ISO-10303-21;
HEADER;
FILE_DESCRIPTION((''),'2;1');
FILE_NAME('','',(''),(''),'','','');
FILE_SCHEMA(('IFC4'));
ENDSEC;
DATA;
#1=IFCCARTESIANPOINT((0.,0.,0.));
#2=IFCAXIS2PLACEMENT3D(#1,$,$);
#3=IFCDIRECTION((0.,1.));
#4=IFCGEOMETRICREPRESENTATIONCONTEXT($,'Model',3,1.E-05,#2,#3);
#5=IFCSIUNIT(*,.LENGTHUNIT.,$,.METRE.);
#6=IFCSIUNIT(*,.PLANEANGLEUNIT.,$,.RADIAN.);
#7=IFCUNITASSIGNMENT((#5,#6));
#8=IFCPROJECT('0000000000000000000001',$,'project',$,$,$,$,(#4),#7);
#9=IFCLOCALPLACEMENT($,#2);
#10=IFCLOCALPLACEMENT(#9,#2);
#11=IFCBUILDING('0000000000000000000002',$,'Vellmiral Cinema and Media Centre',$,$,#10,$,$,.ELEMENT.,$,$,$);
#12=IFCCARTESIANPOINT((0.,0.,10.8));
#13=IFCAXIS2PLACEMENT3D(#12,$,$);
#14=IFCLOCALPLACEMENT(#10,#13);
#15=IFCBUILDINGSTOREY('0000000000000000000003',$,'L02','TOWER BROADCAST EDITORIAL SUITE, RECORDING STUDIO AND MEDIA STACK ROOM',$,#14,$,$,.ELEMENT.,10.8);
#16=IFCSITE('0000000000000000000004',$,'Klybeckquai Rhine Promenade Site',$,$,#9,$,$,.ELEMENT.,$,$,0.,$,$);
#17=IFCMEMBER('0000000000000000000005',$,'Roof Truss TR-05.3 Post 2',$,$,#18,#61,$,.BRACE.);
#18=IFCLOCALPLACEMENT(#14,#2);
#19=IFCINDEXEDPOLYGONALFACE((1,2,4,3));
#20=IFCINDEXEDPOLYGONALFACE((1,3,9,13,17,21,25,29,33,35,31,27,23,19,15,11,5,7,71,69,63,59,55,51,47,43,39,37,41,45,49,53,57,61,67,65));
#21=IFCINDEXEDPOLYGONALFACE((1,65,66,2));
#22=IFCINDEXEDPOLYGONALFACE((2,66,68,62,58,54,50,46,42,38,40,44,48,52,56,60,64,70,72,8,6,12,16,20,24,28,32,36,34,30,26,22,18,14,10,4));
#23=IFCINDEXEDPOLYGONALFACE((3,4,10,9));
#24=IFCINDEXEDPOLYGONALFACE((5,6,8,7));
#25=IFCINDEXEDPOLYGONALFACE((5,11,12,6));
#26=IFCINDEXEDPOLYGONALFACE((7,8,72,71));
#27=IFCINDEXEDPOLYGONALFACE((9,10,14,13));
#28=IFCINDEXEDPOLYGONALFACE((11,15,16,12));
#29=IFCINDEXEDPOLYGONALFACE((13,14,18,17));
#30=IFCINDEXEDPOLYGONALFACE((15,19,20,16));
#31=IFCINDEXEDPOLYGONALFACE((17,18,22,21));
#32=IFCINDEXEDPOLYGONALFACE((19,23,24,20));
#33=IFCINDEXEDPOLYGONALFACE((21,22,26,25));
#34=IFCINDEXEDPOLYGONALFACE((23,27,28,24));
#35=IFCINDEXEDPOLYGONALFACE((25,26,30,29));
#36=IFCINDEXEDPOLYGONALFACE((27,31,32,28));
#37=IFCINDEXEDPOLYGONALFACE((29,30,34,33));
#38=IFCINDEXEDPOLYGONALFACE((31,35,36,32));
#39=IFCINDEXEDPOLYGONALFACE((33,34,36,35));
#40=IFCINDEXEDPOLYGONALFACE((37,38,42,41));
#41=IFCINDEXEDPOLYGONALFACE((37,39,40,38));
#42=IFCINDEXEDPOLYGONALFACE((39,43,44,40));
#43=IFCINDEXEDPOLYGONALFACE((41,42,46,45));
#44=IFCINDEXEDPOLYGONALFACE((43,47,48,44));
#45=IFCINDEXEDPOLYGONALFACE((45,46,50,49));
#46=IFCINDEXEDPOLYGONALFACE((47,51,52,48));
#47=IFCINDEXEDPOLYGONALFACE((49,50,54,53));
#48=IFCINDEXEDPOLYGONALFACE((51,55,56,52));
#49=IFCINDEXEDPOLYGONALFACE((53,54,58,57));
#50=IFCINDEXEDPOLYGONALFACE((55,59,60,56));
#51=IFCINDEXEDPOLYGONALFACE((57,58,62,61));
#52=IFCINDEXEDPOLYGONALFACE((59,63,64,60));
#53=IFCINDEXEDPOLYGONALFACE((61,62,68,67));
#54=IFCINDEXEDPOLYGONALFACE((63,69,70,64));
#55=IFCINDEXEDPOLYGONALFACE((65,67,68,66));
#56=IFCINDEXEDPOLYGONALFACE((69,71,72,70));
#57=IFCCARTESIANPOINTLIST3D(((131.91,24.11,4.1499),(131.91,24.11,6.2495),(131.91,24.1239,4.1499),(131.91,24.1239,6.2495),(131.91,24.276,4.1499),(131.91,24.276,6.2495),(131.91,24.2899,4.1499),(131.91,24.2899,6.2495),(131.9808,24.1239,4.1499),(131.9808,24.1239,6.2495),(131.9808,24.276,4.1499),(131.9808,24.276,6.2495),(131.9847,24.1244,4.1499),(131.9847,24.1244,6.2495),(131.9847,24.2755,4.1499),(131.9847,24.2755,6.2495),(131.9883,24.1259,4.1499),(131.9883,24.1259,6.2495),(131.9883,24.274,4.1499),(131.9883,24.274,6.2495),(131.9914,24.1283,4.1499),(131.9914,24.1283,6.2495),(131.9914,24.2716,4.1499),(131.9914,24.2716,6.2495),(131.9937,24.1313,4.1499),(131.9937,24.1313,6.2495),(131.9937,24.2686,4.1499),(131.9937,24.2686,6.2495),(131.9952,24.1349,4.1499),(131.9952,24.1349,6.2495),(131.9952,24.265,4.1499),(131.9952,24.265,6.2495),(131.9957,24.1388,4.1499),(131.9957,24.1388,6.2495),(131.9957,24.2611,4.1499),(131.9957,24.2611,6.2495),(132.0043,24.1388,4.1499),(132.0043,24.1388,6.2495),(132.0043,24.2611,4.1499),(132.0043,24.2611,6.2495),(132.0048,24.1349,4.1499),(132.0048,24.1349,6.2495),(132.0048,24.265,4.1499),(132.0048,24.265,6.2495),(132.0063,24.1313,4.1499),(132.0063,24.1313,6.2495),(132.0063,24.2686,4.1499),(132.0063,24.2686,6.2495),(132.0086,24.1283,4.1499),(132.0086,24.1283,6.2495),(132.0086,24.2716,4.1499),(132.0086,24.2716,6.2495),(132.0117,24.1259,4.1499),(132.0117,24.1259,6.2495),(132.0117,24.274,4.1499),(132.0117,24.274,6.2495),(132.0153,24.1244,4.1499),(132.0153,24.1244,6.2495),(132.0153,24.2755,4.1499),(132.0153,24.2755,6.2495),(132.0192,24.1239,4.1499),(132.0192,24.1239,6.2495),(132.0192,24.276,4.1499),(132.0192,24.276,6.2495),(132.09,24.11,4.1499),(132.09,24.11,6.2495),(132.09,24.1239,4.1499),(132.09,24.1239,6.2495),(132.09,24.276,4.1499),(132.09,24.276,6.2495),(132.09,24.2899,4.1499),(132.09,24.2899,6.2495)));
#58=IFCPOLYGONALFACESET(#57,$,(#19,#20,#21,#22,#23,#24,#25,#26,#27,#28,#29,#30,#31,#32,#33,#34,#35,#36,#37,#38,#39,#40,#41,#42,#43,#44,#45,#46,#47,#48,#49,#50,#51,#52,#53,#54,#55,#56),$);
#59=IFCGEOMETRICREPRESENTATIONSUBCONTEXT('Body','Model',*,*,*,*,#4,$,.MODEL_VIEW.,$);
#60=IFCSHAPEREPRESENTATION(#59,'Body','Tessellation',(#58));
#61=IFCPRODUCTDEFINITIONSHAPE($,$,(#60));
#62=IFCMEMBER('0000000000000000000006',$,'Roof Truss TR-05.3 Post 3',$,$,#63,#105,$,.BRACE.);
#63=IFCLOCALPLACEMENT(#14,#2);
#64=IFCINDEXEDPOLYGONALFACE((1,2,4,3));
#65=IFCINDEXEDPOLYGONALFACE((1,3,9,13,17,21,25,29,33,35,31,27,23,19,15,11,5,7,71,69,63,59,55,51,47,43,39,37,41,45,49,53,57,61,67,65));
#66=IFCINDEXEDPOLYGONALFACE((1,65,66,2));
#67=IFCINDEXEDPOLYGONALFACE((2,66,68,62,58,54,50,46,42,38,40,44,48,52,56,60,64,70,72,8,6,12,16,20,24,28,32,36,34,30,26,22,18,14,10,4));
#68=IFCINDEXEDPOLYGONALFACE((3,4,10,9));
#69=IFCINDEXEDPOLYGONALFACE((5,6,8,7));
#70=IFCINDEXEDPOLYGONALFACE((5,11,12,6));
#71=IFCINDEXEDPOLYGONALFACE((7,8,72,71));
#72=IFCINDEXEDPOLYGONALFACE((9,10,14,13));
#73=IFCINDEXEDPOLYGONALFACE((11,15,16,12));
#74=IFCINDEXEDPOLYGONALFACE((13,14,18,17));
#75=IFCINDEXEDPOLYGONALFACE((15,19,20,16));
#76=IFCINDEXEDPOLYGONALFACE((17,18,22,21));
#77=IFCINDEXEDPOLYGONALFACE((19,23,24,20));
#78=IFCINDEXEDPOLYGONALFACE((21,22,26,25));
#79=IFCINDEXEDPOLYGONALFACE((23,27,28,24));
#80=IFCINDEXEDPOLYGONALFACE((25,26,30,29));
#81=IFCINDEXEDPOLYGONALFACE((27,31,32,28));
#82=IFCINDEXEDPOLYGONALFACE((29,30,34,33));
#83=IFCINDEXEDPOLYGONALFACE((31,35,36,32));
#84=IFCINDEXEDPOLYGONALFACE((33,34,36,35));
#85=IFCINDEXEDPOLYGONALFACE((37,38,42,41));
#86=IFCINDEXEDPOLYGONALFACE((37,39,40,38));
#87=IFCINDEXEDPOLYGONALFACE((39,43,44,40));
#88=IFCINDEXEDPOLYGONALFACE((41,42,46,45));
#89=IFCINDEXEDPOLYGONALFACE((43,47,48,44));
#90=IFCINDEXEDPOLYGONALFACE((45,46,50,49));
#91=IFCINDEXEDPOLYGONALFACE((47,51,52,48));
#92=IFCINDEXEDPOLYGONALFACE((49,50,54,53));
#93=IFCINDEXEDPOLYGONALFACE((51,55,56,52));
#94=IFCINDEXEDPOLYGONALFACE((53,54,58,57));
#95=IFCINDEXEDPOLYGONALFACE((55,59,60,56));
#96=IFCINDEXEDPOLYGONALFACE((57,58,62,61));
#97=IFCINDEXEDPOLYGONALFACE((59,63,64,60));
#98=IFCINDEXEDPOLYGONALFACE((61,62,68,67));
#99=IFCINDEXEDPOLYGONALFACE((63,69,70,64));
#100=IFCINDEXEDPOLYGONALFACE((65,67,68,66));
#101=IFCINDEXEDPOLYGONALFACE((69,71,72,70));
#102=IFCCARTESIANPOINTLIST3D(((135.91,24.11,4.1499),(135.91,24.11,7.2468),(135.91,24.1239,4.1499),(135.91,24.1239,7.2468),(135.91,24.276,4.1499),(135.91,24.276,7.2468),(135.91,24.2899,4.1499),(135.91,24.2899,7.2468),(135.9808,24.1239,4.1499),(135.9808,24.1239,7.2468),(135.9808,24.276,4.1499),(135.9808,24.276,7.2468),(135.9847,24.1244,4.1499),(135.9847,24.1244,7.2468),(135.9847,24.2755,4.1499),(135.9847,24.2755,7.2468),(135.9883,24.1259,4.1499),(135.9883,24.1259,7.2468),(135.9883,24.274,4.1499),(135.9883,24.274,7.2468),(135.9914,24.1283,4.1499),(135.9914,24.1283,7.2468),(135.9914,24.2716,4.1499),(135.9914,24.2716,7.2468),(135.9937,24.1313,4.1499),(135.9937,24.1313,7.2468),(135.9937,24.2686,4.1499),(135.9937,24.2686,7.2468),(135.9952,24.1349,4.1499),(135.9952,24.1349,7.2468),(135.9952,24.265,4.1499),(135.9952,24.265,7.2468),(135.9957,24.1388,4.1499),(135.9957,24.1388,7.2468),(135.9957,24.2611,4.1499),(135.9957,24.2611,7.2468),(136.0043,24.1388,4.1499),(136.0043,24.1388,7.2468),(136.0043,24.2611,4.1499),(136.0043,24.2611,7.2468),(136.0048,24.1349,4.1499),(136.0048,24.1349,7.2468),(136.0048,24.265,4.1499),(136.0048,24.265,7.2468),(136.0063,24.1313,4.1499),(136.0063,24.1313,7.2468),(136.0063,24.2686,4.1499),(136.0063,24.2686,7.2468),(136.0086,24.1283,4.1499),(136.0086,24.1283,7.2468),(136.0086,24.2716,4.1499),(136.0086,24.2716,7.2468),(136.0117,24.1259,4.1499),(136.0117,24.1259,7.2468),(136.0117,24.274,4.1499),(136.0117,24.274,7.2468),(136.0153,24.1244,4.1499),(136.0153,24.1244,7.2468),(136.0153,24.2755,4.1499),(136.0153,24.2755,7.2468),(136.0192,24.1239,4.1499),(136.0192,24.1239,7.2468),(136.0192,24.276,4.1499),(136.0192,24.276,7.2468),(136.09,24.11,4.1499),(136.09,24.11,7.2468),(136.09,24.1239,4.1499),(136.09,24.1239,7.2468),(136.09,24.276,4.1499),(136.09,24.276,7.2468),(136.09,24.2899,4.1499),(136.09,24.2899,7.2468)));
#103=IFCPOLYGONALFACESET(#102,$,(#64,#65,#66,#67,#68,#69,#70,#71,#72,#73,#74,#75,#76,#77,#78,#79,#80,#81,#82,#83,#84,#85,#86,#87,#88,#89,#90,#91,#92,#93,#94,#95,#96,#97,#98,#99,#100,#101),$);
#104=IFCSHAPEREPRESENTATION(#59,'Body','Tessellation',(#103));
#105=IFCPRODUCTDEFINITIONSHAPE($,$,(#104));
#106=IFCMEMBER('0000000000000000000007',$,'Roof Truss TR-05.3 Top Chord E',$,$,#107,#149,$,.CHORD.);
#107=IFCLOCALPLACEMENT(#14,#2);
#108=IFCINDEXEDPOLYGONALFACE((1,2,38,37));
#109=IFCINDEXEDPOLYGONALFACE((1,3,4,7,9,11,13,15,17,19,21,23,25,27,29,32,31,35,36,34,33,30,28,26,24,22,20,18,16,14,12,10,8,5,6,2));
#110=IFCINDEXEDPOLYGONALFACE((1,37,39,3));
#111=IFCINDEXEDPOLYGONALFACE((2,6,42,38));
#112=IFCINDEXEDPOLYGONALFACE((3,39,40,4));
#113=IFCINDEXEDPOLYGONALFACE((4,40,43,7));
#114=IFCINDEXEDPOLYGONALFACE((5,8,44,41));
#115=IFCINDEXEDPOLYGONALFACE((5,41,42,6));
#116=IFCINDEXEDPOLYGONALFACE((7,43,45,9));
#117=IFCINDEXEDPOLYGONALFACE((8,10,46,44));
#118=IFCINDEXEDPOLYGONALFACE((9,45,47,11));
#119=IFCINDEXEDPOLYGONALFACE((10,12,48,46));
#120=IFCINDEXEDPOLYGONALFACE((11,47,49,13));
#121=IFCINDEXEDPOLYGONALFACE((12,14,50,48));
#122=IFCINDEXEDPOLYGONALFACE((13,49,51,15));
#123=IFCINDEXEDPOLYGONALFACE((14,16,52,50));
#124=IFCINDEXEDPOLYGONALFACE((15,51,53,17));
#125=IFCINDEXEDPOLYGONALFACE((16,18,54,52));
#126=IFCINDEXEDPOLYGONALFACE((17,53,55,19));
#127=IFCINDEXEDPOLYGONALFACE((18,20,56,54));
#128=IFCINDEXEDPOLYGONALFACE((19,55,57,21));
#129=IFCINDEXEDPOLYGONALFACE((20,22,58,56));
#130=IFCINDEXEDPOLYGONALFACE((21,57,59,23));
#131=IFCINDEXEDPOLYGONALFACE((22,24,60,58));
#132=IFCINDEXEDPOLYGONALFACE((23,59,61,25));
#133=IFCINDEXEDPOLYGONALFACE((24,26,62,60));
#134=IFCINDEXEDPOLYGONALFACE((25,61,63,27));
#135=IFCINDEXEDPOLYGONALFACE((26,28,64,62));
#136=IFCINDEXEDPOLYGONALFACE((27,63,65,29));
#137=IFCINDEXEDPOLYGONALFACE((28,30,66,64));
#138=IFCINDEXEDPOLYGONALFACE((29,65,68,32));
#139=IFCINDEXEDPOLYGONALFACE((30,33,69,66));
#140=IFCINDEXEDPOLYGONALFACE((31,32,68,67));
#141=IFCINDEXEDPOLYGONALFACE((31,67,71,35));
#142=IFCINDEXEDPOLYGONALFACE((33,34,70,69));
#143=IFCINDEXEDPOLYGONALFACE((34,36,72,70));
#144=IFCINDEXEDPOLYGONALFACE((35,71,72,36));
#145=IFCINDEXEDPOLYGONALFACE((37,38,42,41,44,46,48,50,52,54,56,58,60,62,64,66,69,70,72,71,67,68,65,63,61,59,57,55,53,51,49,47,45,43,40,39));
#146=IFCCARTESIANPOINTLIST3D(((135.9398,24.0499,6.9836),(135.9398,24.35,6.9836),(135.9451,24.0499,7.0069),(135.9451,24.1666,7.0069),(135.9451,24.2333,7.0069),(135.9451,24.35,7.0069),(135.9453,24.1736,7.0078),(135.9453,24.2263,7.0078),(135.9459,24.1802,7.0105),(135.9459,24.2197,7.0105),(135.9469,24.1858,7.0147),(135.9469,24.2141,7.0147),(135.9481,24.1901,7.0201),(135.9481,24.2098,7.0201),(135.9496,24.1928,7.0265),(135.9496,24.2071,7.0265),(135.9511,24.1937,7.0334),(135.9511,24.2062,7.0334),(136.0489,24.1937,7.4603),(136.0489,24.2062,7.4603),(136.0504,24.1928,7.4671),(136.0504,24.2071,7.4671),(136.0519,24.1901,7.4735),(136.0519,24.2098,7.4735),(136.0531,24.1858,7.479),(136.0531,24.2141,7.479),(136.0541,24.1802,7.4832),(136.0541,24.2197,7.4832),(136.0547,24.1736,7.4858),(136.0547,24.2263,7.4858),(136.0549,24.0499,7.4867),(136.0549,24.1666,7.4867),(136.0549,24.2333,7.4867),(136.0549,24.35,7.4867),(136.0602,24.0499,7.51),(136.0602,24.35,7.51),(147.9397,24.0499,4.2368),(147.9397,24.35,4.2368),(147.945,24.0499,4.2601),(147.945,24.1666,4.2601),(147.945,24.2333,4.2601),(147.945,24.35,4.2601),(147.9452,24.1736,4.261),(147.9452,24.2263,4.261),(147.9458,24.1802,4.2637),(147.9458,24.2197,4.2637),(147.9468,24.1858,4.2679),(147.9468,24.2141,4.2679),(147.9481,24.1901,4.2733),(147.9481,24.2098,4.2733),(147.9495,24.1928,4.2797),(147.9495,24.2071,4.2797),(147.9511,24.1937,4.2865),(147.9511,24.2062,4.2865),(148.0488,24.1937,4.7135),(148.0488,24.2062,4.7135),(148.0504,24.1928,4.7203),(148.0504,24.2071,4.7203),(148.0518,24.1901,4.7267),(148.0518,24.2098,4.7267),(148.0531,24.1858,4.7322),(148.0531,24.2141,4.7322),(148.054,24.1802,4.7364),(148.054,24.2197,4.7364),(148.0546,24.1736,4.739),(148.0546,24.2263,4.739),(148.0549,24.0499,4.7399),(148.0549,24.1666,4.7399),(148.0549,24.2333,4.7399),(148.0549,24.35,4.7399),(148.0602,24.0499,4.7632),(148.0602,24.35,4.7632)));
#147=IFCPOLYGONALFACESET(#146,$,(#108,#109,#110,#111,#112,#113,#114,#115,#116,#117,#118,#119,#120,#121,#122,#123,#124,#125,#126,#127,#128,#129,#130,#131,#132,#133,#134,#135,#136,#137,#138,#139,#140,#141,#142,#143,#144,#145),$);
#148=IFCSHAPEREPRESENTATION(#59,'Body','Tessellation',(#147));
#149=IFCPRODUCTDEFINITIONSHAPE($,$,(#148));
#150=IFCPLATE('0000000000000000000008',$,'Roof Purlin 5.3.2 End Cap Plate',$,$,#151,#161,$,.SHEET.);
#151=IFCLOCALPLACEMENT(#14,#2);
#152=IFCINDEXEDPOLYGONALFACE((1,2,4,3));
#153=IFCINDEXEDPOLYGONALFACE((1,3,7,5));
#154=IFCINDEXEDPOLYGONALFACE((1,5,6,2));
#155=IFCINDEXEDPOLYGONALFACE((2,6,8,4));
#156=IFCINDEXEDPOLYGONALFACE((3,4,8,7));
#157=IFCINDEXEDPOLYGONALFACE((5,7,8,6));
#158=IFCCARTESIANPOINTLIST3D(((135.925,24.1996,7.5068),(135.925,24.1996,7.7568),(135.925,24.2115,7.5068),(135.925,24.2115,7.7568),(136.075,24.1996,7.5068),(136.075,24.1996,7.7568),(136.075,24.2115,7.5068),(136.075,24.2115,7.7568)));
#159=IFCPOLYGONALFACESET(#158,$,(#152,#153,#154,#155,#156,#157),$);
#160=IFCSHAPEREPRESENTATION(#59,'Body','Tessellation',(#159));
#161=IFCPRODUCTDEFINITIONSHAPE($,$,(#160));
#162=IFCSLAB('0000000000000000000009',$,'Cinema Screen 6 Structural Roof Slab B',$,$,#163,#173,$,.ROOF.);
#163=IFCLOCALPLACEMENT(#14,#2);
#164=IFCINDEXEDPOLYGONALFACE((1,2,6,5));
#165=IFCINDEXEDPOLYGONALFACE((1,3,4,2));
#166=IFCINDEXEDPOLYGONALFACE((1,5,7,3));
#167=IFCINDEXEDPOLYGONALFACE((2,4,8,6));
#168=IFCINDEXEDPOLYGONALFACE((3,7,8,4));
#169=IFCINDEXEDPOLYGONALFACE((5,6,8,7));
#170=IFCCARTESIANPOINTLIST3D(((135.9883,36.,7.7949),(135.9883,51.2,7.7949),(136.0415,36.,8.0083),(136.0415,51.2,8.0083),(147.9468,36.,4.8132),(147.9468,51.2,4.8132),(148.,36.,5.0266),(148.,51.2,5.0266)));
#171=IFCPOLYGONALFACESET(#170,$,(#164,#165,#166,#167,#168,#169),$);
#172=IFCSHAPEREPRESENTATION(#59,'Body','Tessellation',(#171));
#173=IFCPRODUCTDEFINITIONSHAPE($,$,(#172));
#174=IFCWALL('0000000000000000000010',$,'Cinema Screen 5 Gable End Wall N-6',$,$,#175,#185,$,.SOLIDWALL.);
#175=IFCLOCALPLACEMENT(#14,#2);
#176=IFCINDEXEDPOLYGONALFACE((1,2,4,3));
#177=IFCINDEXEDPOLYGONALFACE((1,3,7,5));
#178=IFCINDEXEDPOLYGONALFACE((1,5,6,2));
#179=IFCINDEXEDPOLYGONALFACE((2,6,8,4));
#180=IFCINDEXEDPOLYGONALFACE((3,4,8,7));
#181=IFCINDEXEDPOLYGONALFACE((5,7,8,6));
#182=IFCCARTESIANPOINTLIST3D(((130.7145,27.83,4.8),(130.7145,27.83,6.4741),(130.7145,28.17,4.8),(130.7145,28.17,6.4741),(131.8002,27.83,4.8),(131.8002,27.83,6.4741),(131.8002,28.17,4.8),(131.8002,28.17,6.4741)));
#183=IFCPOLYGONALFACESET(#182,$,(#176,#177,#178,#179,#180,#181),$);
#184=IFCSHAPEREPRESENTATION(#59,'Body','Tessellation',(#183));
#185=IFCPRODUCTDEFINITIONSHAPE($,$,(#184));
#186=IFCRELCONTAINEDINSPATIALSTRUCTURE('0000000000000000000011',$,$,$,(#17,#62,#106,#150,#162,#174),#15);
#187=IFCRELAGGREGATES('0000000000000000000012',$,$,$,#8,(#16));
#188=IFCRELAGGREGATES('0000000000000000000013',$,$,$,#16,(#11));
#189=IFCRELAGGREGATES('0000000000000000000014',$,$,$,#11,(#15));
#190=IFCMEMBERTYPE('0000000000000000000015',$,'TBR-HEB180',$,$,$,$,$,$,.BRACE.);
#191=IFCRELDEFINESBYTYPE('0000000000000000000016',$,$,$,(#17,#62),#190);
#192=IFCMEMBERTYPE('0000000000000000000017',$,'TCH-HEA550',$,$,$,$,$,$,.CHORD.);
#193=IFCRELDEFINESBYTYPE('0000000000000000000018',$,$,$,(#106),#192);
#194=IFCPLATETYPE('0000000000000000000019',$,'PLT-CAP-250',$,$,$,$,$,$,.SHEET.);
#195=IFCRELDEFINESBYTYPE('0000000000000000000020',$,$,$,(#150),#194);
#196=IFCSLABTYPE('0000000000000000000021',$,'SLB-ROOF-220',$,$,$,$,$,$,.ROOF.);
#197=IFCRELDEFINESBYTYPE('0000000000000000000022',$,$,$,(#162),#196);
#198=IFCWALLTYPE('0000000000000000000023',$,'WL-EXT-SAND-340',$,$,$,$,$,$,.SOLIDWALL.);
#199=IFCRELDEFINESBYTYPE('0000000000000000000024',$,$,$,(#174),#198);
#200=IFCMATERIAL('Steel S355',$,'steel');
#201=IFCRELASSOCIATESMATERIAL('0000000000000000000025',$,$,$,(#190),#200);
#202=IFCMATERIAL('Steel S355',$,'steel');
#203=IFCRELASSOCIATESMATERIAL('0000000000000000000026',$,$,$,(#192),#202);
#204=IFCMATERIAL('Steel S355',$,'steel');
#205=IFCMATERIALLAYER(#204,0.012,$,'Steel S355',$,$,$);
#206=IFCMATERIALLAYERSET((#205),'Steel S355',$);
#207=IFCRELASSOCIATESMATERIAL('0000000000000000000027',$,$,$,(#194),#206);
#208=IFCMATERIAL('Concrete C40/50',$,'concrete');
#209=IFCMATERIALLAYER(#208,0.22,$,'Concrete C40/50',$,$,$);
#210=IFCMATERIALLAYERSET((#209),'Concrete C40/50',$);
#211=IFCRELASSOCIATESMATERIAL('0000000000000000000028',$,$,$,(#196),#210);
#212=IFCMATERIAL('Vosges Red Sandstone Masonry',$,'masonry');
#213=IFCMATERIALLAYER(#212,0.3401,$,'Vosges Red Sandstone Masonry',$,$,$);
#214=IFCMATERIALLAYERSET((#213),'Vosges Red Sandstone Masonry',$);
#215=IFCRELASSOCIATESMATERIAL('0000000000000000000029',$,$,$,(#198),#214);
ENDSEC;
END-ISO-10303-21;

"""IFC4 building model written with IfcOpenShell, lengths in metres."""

from ifc_helpers import new_model, si_unit, direction, frame, frame_2d, origin, origin_2d, place, context, subcontext, project, spatial, polyline, rectangle, i_section, outline, extrude, material, layer, layer_set, material_profile, profile_set, type_object, element, save


model = new_model("IFC4")

# Units and contexts
model_context = context("Model", 3, precision=1e-05, world=origin(), true_north=direction((0.0, 1.0)))
body_context = subcontext(model_context, "Body", "Model", "MODEL_VIEW")
ifc_project = project(units=[si_unit("LENGTHUNIT", "METRE"), si_unit("PLANEANGLEUNIT", "RADIAN")], contexts=[model_context])

# Site, building, storey
site_placement = place(None, origin())
site = spatial("IfcSite", under=ifc_project, at=site_placement, Name="Klybeckquai Rhine Promenade Site", CompositionType="ELEMENT", RefElevation=0.0)
building_placement = place(site_placement, origin())
building = spatial("IfcBuilding", under=site, at=building_placement, Name="Vellmiral Cinema and Media Centre", CompositionType="ELEMENT")
storey_placement = place(building_placement, frame((0.0, 0.0, 10.8)))
storey = spatial("IfcBuildingStorey", under=building, at=storey_placement, Name="L02", Description="TOWER BROADCAST EDITORIAL SUITE, RECORDING STUDIO AND MEDIA STACK ROOM", CompositionType="ELEMENT", Elevation=10.8)

# Members
ifc_material_1 = material(Name="Steel S355", Category="steel")
ifc_material_profile_1 = material_profile(ifc_material_1, i_section(OverallWidth=0.1799, OverallDepth=0.1799, WebThickness=0.0085, FlangeThickness=0.0139, FilletRadius=0.0149, at=origin_2d()), Name="HEB 180")
ifc_profile_set_1 = profile_set([ifc_material_profile_1], Name="Steel S355")
member_type_1 = type_object("IfcMemberType", Name="TBR-HEB180", PredefinedType="BRACE", material=ifc_profile_set_1)
member_1_placement = place(storey_placement, frame((132.0, 24.2, 4.1499), z_axis=(0.0, 0.0, 1.0), x_axis=(1.0, 0.0, 0.0)))
element("IfcMember", 1, at=member_1_placement, inside=storey, type_object=member_type_1, Name="Roof Truss TR-05.3 Post 2", PredefinedType="BRACE", context=body_context, shape_type="SweptSolid", body=[
    extrude(i_section(OverallWidth=0.1799, OverallDepth=0.1799, WebThickness=0.0085, FlangeThickness=0.0139, FilletRadius=0.0149, at=origin_2d()), origin(), (0.0, 0.0, 1.0), 2.0996),
])
member_2_placement = place(storey_placement, frame((136.0, 24.2, 4.1499), z_axis=(0.0, 0.0, 1.0), x_axis=(1.0, 0.0, 0.0)))
element("IfcMember", 2, at=member_2_placement, inside=storey, type_object=member_type_1, Name="Roof Truss TR-05.3 Post 3", PredefinedType="BRACE", context=body_context, shape_type="SweptSolid", body=[
    extrude(i_section(OverallWidth=0.1799, OverallDepth=0.1799, WebThickness=0.0085, FlangeThickness=0.0139, FilletRadius=0.0149, at=origin_2d()), origin(), (0.0, 0.0, 1.0), 3.0969),
])
ifc_material_2 = material(Name="Steel S355", Category="steel")
ifc_material_profile_2 = material_profile(ifc_material_2, i_section(OverallWidth=0.3, OverallDepth=0.54, WebThickness=0.0125, FlangeThickness=0.0239, FilletRadius=0.0271, at=origin_2d()), Name="HEA 550")
ifc_profile_set_2 = profile_set([ifc_material_profile_2], Name="Steel S355")
member_type_2 = type_object("IfcMemberType", Name="TCH-HEA550", PredefinedType="CHORD", material=ifc_profile_set_2)
member_3_placement = place(storey_placement, frame((136.0, 24.2, 7.2468), z_axis=(0.974788, 0.0, -0.223131), x_axis=(0.0, 1.0, 0.0)))
element("IfcMember", 3, at=member_3_placement, inside=storey, type_object=member_type_2, Name="Roof Truss TR-05.3 Top Chord E", PredefinedType="CHORD", context=body_context, shape_type="SweptSolid", body=[
    extrude(i_section(OverallWidth=0.3, OverallDepth=0.54, WebThickness=0.0125, FlangeThickness=0.0239, FilletRadius=0.0271, at=origin_2d()), origin(), (0.0, 0.0, 1.0), 12.3103),
])

# Plate
ifc_material_3 = material(Name="Steel S355", Category="steel")
ifc_layer_1 = layer(ifc_material_3, 0.012, Name="Steel S355")
ifc_layer_set_1 = layer_set([ifc_layer_1], Name="Steel S355")
plate_type = type_object("IfcPlateType", Name="PLT-CAP-250", PredefinedType="SHEET", material=ifc_layer_set_1)
plate_placement = place(storey_placement, frame((136.0, 24.2056, 7.5068), z_axis=(0.0, 0.0, 1.0), x_axis=(1.0, 0.0, 0.0)))
element("IfcPlate", 4, at=plate_placement, inside=storey, type_object=plate_type, Name="Roof Purlin 5.3.2 End Cap Plate", PredefinedType="SHEET", context=body_context, shape_type="SweptSolid", body=[
    extrude(rectangle(XDim=0.1499, YDim=0.012, at=origin_2d()), origin(), (0.0, 0.0, 1.0), 0.25),
])

# Slab
ifc_material_4 = material(Name="Concrete C40/50", Category="concrete")
ifc_layer_2 = layer(ifc_material_4, 0.22, Name="Concrete C40/50")
ifc_layer_set_2 = layer_set([ifc_layer_2], Name="Concrete C40/50")
slab_type = type_object("IfcSlabType", Name="SLB-ROOF-220", PredefinedType="ROOF", material=ifc_layer_set_2)
slab_placement = place(storey_placement, frame((136.0415, 36.0, 8.0083), z_axis=(0.24193, 0.0, 0.970294), x_axis=(0.970294, 0.0, -0.24193)))
element("IfcSlab", 5, at=slab_placement, inside=storey, type_object=slab_type, Name="Cinema Screen 6 Structural Roof Slab B", PredefinedType="ROOF", context=body_context, shape_type="SweptSolid", body=[
    extrude(outline(polyline([(0.0, 0.0), (12.3246, 0.0), (12.3246, 15.2), (0.0, 15.2), (0.0, 0.0)])), origin(), (0.0, 0.0, -1.0), 0.22),
])

# Wall
ifc_material_5 = material(Name="Vosges Red Sandstone Masonry", Category="masonry")
ifc_layer_3 = layer(ifc_material_5, 0.3401, Name="Vosges Red Sandstone Masonry")
ifc_layer_set_3 = layer_set([ifc_layer_3], Name="Vosges Red Sandstone Masonry")
wall_type = type_object("IfcWallType", Name="WL-EXT-SAND-340", PredefinedType="SOLIDWALL", material=ifc_layer_set_3)
wall_1_placement = place(storey_placement, frame((130.7144, 28.0, 4.8), z_axis=(0.0, 0.0, 1.0), x_axis=(1.0, 0.0, 0.0)))
element("IfcWall", 6, at=wall_1_placement, inside=storey, type_object=wall_type, Name="Cinema Screen 5 Gable End Wall N-6", PredefinedType="SOLIDWALL", context=body_context, shape_type="SweptSolid", body=[
    extrude(rectangle(XDim=1.0857, YDim=0.3401, at=frame_2d((0.543, 0.0))), origin(), (0.0, 0.0, 1.0), 1.6741),
])

save(model, "model.ifc")
